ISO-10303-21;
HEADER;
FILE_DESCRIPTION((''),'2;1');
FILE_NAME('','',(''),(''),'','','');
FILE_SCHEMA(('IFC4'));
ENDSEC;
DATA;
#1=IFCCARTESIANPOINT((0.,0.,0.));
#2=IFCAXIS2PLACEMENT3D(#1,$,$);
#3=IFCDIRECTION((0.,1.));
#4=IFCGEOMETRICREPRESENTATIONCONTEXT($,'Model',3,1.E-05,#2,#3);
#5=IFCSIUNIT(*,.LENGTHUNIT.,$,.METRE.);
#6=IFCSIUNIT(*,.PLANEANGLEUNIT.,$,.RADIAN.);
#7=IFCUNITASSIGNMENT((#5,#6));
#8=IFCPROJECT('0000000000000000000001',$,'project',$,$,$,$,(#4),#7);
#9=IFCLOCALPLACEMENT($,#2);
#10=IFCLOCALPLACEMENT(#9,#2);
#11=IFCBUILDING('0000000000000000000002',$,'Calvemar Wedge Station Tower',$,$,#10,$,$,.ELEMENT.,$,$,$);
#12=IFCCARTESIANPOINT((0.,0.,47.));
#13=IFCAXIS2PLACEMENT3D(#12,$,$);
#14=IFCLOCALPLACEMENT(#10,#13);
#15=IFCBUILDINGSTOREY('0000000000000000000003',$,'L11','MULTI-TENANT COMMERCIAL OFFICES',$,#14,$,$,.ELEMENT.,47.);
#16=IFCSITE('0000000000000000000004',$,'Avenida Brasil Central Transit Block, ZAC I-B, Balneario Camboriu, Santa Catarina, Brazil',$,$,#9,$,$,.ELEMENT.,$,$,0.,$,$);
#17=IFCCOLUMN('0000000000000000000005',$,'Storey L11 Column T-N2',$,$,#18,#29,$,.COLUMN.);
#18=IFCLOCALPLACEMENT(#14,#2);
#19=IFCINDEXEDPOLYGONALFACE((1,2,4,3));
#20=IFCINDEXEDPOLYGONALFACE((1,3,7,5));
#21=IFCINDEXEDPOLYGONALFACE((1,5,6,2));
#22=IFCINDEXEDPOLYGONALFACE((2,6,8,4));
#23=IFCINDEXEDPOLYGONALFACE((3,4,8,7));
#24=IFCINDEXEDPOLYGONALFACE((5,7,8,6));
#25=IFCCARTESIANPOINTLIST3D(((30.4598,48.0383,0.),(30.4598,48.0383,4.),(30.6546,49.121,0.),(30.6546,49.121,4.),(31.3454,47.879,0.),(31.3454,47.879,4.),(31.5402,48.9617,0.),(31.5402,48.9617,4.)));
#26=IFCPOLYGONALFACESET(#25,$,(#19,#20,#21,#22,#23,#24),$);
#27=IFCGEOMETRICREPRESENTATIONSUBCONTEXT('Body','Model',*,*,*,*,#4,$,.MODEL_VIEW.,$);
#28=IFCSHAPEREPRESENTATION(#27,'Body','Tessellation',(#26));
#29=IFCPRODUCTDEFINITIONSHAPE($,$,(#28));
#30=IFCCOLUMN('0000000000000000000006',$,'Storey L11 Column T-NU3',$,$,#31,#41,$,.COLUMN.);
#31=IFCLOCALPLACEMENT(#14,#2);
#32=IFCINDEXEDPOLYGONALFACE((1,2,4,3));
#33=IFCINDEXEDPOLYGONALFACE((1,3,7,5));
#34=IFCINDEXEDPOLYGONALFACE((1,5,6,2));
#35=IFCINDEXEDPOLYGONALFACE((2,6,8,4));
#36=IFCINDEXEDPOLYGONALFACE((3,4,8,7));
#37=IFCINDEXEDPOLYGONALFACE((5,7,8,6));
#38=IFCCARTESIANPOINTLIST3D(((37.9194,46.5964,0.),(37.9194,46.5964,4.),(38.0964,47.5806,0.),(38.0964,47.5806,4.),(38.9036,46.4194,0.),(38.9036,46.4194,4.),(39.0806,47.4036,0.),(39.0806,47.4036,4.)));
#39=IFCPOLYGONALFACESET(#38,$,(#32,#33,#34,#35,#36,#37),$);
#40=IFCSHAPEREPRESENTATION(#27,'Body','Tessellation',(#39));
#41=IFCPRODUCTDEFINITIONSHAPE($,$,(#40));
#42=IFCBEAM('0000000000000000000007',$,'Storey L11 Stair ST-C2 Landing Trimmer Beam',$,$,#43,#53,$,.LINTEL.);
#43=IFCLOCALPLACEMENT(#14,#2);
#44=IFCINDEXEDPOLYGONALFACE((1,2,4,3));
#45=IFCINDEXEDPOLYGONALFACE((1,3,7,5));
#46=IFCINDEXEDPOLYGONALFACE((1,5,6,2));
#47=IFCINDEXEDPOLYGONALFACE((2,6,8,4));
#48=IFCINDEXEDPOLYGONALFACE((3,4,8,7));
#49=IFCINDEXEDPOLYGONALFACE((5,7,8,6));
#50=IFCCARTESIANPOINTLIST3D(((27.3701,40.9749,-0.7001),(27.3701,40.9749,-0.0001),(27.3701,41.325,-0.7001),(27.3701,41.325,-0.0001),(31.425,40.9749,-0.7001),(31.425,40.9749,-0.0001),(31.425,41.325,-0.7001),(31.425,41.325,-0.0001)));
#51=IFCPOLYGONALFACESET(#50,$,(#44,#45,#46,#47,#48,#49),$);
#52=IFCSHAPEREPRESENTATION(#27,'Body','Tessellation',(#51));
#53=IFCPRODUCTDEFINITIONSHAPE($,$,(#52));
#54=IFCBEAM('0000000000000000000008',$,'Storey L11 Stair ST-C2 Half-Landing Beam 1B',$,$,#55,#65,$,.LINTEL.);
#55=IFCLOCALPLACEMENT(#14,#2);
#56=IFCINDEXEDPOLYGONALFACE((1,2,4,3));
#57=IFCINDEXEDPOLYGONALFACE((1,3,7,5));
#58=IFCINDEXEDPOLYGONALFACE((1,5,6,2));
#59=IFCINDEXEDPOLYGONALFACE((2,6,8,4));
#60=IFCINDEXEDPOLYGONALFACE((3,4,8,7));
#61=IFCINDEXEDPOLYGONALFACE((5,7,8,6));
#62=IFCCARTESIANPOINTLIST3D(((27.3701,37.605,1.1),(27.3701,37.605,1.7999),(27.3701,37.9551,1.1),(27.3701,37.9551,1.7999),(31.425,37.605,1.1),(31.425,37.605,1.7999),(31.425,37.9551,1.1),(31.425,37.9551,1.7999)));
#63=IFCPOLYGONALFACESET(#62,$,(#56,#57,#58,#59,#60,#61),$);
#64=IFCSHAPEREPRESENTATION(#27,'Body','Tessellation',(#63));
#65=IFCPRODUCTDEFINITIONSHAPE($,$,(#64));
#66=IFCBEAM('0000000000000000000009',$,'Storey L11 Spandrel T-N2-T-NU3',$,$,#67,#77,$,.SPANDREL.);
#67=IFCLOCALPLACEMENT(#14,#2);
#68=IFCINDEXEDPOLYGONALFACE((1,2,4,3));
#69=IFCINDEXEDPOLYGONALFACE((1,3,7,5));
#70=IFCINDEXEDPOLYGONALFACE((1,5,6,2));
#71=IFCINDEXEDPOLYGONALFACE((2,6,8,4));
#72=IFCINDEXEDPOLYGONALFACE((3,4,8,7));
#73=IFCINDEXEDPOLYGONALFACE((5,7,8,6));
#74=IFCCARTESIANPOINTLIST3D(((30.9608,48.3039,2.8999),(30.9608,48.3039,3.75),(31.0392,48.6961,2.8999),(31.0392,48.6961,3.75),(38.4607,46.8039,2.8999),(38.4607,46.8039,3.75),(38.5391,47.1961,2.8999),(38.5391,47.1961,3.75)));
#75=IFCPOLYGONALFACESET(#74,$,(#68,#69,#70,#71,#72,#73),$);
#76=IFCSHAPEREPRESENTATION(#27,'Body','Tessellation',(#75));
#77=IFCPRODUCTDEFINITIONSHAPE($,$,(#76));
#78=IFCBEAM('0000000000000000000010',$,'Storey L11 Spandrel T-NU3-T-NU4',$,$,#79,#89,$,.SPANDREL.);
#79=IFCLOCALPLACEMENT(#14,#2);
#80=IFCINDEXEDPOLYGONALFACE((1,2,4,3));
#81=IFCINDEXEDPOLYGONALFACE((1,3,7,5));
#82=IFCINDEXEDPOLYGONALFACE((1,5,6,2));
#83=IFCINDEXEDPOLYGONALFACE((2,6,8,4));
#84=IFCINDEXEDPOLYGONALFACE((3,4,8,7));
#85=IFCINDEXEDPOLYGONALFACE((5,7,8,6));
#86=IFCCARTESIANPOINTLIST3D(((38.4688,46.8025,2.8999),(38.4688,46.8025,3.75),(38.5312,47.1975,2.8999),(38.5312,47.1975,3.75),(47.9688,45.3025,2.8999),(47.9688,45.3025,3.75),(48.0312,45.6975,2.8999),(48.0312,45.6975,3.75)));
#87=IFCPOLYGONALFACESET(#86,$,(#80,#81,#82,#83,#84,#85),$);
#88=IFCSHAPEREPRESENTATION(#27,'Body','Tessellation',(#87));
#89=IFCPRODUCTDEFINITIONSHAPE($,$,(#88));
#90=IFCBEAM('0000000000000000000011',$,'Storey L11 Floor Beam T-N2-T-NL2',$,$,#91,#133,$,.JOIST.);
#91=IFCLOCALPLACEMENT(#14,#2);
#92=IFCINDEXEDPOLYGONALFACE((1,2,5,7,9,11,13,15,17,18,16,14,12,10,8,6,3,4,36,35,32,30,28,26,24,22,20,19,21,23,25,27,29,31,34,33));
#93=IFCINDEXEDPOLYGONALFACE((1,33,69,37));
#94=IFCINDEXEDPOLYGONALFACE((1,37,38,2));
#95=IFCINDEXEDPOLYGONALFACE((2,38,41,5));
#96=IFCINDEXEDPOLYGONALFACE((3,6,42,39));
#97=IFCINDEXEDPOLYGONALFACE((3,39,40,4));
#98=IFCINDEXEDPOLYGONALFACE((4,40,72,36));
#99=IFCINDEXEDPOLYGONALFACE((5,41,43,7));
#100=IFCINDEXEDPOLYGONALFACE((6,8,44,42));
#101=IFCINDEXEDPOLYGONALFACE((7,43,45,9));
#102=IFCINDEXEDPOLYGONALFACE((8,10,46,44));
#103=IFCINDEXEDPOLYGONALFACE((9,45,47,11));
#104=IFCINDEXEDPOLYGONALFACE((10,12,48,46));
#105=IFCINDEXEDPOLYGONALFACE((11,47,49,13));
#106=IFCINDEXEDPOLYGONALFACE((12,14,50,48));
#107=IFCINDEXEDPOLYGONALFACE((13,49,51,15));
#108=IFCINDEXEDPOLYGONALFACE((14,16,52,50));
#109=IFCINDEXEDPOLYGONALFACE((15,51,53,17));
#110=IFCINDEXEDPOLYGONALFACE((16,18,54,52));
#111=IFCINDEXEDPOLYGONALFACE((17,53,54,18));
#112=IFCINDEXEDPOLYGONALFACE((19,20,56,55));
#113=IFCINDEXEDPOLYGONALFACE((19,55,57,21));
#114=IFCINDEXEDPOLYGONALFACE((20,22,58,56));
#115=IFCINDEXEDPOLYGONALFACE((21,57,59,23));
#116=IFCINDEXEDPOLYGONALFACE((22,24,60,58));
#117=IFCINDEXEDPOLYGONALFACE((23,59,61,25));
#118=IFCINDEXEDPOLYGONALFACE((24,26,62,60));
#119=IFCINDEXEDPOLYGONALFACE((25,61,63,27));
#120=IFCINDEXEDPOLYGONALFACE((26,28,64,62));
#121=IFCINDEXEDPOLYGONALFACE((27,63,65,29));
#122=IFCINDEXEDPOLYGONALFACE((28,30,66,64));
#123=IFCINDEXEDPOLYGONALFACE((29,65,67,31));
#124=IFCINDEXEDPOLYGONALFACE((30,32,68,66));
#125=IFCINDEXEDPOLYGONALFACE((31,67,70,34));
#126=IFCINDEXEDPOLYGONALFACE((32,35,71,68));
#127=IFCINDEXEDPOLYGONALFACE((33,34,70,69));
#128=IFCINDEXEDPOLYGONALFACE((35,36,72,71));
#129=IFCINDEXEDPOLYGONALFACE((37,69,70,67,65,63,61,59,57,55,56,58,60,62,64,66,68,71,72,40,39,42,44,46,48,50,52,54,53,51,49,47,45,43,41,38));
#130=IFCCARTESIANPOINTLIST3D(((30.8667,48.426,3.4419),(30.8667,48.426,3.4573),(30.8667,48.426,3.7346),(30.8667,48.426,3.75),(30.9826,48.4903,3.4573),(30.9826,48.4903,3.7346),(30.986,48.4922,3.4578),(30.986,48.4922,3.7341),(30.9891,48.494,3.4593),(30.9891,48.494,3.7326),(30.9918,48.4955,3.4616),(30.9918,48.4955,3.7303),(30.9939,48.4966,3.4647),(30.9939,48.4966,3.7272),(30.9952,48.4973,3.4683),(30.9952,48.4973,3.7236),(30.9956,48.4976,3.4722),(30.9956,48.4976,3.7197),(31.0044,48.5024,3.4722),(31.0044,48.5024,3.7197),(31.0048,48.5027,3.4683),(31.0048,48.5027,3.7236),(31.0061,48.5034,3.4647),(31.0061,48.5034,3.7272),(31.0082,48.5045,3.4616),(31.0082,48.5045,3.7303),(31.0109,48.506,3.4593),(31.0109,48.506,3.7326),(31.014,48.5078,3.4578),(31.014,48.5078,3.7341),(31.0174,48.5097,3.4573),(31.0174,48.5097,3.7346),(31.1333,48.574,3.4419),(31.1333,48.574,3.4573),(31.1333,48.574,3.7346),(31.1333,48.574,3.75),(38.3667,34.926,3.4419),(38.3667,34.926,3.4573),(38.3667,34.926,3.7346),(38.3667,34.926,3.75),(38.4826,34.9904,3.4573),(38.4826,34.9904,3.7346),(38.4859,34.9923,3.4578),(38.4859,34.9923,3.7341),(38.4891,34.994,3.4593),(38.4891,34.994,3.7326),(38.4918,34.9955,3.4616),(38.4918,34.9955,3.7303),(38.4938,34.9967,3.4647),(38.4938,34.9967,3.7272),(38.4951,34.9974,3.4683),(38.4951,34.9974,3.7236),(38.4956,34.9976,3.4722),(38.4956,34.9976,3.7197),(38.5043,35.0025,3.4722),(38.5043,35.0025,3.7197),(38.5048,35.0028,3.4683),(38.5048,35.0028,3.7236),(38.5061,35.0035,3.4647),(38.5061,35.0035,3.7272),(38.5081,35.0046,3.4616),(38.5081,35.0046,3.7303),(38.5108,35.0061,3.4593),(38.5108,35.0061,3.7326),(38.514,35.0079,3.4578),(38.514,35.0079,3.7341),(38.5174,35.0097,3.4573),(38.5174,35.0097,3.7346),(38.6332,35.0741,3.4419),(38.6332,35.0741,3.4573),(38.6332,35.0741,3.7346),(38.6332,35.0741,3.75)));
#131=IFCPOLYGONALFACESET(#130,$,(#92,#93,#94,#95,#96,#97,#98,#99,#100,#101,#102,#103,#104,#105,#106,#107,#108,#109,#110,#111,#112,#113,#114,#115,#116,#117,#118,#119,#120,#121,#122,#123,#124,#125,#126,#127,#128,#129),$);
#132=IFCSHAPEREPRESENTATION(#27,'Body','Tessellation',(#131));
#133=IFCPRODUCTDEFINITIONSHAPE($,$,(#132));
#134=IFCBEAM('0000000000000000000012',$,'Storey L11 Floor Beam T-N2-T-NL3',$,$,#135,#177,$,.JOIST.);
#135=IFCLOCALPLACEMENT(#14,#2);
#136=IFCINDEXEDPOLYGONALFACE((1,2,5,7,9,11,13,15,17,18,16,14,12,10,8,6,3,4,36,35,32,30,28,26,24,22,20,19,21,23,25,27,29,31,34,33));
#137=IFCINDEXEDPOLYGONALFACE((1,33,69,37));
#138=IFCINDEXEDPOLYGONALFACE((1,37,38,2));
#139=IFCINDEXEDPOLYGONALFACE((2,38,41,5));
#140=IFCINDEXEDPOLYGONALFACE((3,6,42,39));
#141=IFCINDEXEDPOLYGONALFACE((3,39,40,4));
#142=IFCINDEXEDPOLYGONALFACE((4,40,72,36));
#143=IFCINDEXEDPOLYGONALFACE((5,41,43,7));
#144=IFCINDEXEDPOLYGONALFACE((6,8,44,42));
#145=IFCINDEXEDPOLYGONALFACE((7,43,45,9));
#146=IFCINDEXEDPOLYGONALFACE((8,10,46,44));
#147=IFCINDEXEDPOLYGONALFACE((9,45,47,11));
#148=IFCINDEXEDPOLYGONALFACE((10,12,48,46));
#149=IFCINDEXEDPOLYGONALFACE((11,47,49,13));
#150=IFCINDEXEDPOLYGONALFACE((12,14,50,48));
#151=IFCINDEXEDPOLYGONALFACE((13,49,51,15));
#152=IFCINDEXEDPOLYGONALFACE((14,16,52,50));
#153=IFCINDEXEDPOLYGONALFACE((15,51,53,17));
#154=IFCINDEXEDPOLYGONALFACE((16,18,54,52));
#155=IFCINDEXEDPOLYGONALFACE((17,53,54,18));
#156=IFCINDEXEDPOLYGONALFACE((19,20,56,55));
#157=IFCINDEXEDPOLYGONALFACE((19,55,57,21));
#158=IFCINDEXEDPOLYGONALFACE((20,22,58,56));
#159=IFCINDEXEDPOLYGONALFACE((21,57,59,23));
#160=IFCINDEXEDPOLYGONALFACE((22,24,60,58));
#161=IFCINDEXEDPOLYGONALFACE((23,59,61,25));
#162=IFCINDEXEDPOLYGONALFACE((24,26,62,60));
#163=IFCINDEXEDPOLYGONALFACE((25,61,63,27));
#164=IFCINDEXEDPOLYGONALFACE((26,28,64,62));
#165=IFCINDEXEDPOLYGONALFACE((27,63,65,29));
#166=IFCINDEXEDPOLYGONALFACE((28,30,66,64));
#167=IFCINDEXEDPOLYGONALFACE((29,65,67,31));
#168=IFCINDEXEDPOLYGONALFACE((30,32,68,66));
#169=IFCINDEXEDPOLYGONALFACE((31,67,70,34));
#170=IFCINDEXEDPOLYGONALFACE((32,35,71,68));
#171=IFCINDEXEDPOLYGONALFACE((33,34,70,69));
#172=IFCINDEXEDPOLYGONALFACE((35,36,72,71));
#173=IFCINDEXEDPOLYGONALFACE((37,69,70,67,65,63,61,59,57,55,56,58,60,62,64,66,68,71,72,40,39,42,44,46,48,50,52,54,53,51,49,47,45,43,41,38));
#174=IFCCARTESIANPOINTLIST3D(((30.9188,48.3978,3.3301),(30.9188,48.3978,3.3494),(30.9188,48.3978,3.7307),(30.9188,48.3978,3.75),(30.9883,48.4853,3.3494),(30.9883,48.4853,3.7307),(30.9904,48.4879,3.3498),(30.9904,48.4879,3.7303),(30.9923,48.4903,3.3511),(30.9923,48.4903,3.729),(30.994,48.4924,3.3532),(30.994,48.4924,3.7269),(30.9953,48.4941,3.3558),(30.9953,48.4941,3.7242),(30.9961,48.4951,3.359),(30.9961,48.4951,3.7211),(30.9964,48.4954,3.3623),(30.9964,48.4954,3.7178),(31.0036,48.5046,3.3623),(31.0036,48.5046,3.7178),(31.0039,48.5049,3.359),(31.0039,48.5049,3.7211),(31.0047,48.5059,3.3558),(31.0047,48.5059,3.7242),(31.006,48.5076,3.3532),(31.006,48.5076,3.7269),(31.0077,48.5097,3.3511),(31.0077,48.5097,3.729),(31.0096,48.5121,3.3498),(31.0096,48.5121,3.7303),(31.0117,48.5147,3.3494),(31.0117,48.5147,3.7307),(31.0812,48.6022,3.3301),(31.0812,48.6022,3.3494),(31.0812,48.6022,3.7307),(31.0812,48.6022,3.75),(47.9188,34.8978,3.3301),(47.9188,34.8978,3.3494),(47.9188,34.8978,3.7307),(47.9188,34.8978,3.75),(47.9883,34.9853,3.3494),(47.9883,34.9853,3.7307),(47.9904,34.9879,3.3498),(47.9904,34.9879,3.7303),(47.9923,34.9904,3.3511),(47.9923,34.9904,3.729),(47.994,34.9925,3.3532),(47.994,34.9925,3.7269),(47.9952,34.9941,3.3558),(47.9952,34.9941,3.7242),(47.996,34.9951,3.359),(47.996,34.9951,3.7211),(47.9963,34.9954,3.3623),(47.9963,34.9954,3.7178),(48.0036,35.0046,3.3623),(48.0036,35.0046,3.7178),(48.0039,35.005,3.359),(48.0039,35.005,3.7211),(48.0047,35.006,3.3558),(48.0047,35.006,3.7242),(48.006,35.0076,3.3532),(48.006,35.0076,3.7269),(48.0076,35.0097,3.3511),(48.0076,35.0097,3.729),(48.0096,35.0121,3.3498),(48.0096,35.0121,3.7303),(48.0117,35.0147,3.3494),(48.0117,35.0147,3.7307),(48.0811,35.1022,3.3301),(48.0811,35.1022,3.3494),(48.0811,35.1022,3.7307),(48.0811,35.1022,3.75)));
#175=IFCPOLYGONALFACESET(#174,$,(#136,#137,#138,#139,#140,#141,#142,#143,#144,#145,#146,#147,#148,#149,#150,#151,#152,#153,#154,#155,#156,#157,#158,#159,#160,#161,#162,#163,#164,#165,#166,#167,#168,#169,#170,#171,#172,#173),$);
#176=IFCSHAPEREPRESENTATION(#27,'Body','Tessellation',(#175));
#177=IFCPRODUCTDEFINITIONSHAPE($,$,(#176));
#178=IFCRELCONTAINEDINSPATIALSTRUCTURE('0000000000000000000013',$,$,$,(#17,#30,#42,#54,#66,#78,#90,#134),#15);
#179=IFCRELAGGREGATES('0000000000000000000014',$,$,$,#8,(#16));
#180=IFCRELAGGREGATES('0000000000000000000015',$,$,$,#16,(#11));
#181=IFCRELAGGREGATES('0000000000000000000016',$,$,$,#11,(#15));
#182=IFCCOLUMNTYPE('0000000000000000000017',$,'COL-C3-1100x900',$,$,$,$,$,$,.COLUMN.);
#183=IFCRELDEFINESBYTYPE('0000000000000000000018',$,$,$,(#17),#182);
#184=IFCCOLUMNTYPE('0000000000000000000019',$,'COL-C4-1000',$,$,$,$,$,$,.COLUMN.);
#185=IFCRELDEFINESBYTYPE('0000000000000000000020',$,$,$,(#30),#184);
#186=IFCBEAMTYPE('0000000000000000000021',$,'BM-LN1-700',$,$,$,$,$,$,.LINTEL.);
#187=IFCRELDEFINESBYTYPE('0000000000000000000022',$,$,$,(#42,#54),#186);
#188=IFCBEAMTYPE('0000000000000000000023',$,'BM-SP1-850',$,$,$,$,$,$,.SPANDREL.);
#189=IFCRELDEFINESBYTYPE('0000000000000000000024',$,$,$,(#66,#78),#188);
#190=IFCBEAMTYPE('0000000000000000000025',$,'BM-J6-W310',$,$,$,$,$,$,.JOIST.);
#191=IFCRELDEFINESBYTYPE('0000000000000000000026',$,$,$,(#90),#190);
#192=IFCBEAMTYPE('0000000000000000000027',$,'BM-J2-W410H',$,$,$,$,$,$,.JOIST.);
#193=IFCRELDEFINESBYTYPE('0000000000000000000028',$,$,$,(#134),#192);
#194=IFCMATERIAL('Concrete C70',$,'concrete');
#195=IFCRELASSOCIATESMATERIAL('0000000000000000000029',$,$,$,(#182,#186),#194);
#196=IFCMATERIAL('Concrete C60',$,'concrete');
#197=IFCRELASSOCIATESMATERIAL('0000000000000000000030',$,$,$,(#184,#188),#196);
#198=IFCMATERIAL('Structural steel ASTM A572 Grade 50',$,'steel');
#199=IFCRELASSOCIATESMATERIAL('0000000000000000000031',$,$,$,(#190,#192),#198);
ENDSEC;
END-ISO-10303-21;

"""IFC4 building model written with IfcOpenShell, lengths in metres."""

from ifc_helpers import new_model, si_unit, direction, frame, origin, origin_2d, place, context, subcontext, project, spatial, rectangle, i_section, extrude, source, transform, mapped, material, material_profile, profile_set, type_object, element, save


model = new_model("IFC4")

# Units and contexts
model_context = context("Model", 3, precision=1e-05, world=origin(), true_north=direction((0.0, 1.0)))
body_context = subcontext(model_context, "Body", "Model", "MODEL_VIEW")
ifc_project = project(units=[si_unit("LENGTHUNIT", "METRE"), si_unit("PLANEANGLEUNIT", "RADIAN")], contexts=[model_context])

# Site, building, storey
site_placement = place(None, origin())
site = spatial("IfcSite", under=ifc_project, at=site_placement, Name="Avenida Brasil Central Transit Block, ZAC I-B, Balneario Camboriu, Santa Catarina, Brazil", CompositionType="ELEMENT", RefElevation=0.0)
building_placement = place(site_placement, origin())
building = spatial("IfcBuilding", under=site, at=building_placement, Name="Calvemar Wedge Station Tower", CompositionType="ELEMENT")
storey_placement = place(building_placement, frame((0.0, 0.0, 47.0)))
storey = spatial("IfcBuildingStorey", under=building, at=storey_placement, Name="L11", Description="MULTI-TENANT COMMERCIAL OFFICES", CompositionType="ELEMENT", Elevation=47.0)

# Columns
ifc_material_1 = material(Name="Concrete C70", Category="concrete")
ifc_material_profile_1 = material_profile(ifc_material_1, rectangle(XDim=0.8999, YDim=1.1001, at=origin_2d()), Name="RC1100x900")
ifc_profile_set_1 = profile_set([ifc_material_profile_1], Name="Concrete C70")
column_type_1 = type_object("IfcColumnType", Name="COL-C3-1100x900", PredefinedType="COLUMN", material=ifc_profile_set_1)
shared_shape_1 = source(origin(), body_context, "Body", "SweptSolid", [
    extrude(rectangle(XDim=0.8999, YDim=1.1001, at=origin_2d()), origin(), (0.0, 0.0, 1.0), 4.0),
])
column_1_placement = place(storey_placement, frame((31.0, 48.5, 0.0), z_axis=(0.0, 0.0, 1.0), x_axis=(0.984196, -0.177085, 0.0)))
element("IfcColumn", 1, at=column_1_placement, inside=storey, type_object=column_type_1, Name="Storey L11 Column T-N2", PredefinedType="COLUMN", context=body_context, shape_type="MappedRepresentation", body=[
    mapped(shared_shape_1, transform((0.0, 0.0, 0.0), scale=1.0)),
])
ifc_material_2 = material(Name="Concrete C60", Category="concrete")
ifc_material_profile_2 = material_profile(ifc_material_2, rectangle(XDim=1.0, YDim=1.0, at=origin_2d()), Name="RC1000x1000")
ifc_profile_set_2 = profile_set([ifc_material_profile_2], Name="Concrete C60")
column_type_2 = type_object("IfcColumnType", Name="COL-C4-1000", PredefinedType="COLUMN", material=ifc_profile_set_2)
shared_shape_2 = source(origin(), body_context, "Body", "SweptSolid", [
    extrude(rectangle(XDim=1.0, YDim=1.0, at=origin_2d()), origin(), (0.0, 0.0, 1.0), 4.0),
])
column_2_placement = place(storey_placement, frame((38.5, 47.0, 0.0), z_axis=(0.0, 0.0, 1.0), x_axis=(0.984196, -0.177085, 0.0)))
element("IfcColumn", 2, at=column_2_placement, inside=storey, type_object=column_type_2, Name="Storey L11 Column T-NU3", PredefinedType="COLUMN", context=body_context, shape_type="MappedRepresentation", body=[
    mapped(shared_shape_2, transform((0.0, 0.0, 0.0), scale=1.0)),
])

# Beams
ifc_material_profile_3 = material_profile(ifc_material_1, rectangle(XDim=0.3501, YDim=0.7, at=origin_2d()), Name="RC350x700")
ifc_profile_set_3 = profile_set([ifc_material_profile_3], Name="Concrete C70")
beam_type_1 = type_object("IfcBeamType", Name="BM-LN1-700", PredefinedType="LINTEL", material=ifc_profile_set_3)
shared_shape_3 = source(origin(), body_context, "Body", "SweptSolid", [
    extrude(rectangle(XDim=0.3501, YDim=0.7, at=origin_2d()), origin(), (0.0, 0.0, 1.0), 4.0549),
])
for number, where, z_axis, x_axis, name in (
    (3, (27.3701, 41.1499, -0.3501), (1.0, 0.0, 0.0), (0.0, 1.0, 0.0), "Storey L11 Stair ST-C2 Landing Trimmer Beam"),
    (4, (27.3701, 37.78, 1.45), (1.0, 0.0, 0.0), (0.0, 1.0, 0.0), "Storey L11 Stair ST-C2 Half-Landing Beam 1B"),
):
    element("IfcBeam", number, at=place(storey_placement, frame(where, z_axis=z_axis, x_axis=x_axis)), inside=storey, type_object=beam_type_1, Name=name, PredefinedType="LINTEL", context=body_context, shape_type="MappedRepresentation", body=[
        mapped(shared_shape_3, transform((0.0, 0.0, 0.0), scale=1.0)),
    ])
ifc_material_profile_4 = material_profile(ifc_material_2, rectangle(XDim=0.3999, YDim=0.8501, at=origin_2d()), Name="RC400x850")
ifc_profile_set_4 = profile_set([ifc_material_profile_4], Name="Concrete C60")
beam_type_2 = type_object("IfcBeamType", Name="BM-SP1-850", PredefinedType="SPANDREL", material=ifc_profile_set_4)
shared_shape_4 = source(origin(), body_context, "Body", "SweptSolid", [
    extrude(rectangle(XDim=0.3999, YDim=0.8501, at=origin_2d()), origin(), (0.0, 0.0, 1.0), 7.6484),
])
beam_1_placement = place(storey_placement, frame((31.0, 48.5, 3.325), z_axis=(0.980581, -0.196116, 0.0), x_axis=(0.196116, 0.980581, 0.0)))
element("IfcBeam", 5, at=beam_1_placement, inside=storey, type_object=beam_type_2, Name="Storey L11 Spandrel T-N2-T-NU3", PredefinedType="SPANDREL", context=body_context, shape_type="MappedRepresentation", body=[
    mapped(shared_shape_4, transform((0.0, 0.0, 0.0), scale=1.0)),
])
shared_shape_5 = source(origin(), body_context, "Body", "SweptSolid", [
    extrude(rectangle(XDim=0.3999, YDim=0.8501, at=origin_2d()), origin(), (0.0, 0.0, 1.0), 9.6177),
])
beam_2_placement = place(storey_placement, frame((38.5, 47.0, 3.325), z_axis=(0.987763, -0.155963, 0.0), x_axis=(0.155963, 0.987763, 0.0)))
element("IfcBeam", 6, at=beam_2_placement, inside=storey, type_object=beam_type_2, Name="Storey L11 Spandrel T-NU3-T-NU4", PredefinedType="SPANDREL", context=body_context, shape_type="MappedRepresentation", body=[
    mapped(shared_shape_5, transform((0.0, 0.0, 0.0), scale=1.0)),
])
ifc_material_3 = material(Name="Structural steel ASTM A572 Grade 50", Category="steel")
ifc_material_profile_5 = material_profile(ifc_material_3, i_section(OverallWidth=0.3049, OverallDepth=0.3081, WebThickness=0.01, FlangeThickness=0.0154, FilletRadius=0.0149, at=origin_2d()), Name="W310x97")
ifc_profile_set_5 = profile_set([ifc_material_profile_5], Name="Structural steel ASTM A572 Grade 50")
beam_type_3 = type_object("IfcBeamType", Name="BM-J6-W310", PredefinedType="JOIST", material=ifc_profile_set_5)
shared_shape_6 = source(origin(), body_context, "Body", "SweptSolid", [
    extrude(i_section(OverallWidth=0.3049, OverallDepth=0.3081, WebThickness=0.01, FlangeThickness=0.0154, FilletRadius=0.0149, at=origin_2d()), origin(), (0.0, 0.0, 1.0), 15.4434),
])
beam_3_placement = place(storey_placement, frame((31.0, 48.5, 3.5959), z_axis=(0.485643, -0.874157, 0.0), x_axis=(0.874157, 0.485643, 0.0)))
element("IfcBeam", 7, at=beam_3_placement, inside=storey, type_object=beam_type_3, Name="Storey L11 Floor Beam T-N2-T-NL2", PredefinedType="JOIST", context=body_context, shape_type="MappedRepresentation", body=[
    mapped(shared_shape_6, transform((0.0, 0.0, 0.0), scale=1.0)),
])
ifc_material_profile_6 = material_profile(ifc_material_3, i_section(OverallWidth=0.261, OverallDepth=0.4199, WebThickness=0.0117, FlangeThickness=0.0193, FilletRadius=0.0129, at=origin_2d()), Name="W410x114")
ifc_profile_set_6 = profile_set([ifc_material_profile_6], Name="Structural steel ASTM A572 Grade 50")
beam_type_4 = type_object("IfcBeamType", Name="BM-J2-W410H", PredefinedType="JOIST", material=ifc_profile_set_6)
shared_shape_7 = source(origin(), body_context, "Body", "SweptSolid", [
    extrude(i_section(OverallWidth=0.261, OverallDepth=0.4199, WebThickness=0.0117, FlangeThickness=0.0193, FilletRadius=0.0129, at=origin_2d()), origin(), (0.0, 0.0, 1.0), 21.7083),
])
beam_4_placement = place(storey_placement, frame((31.0, 48.5, 3.54), z_axis=(0.783111, -0.621882, 0.0), x_axis=(0.621882, 0.783111, 0.0)))
element("IfcBeam", 8, at=beam_4_placement, inside=storey, type_object=beam_type_4, Name="Storey L11 Floor Beam T-N2-T-NL3", PredefinedType="JOIST", context=body_context, shape_type="MappedRepresentation", body=[
    mapped(shared_shape_7, transform((0.0, 0.0, 0.0), scale=1.0)),
])

save(model, "model.ifc")
